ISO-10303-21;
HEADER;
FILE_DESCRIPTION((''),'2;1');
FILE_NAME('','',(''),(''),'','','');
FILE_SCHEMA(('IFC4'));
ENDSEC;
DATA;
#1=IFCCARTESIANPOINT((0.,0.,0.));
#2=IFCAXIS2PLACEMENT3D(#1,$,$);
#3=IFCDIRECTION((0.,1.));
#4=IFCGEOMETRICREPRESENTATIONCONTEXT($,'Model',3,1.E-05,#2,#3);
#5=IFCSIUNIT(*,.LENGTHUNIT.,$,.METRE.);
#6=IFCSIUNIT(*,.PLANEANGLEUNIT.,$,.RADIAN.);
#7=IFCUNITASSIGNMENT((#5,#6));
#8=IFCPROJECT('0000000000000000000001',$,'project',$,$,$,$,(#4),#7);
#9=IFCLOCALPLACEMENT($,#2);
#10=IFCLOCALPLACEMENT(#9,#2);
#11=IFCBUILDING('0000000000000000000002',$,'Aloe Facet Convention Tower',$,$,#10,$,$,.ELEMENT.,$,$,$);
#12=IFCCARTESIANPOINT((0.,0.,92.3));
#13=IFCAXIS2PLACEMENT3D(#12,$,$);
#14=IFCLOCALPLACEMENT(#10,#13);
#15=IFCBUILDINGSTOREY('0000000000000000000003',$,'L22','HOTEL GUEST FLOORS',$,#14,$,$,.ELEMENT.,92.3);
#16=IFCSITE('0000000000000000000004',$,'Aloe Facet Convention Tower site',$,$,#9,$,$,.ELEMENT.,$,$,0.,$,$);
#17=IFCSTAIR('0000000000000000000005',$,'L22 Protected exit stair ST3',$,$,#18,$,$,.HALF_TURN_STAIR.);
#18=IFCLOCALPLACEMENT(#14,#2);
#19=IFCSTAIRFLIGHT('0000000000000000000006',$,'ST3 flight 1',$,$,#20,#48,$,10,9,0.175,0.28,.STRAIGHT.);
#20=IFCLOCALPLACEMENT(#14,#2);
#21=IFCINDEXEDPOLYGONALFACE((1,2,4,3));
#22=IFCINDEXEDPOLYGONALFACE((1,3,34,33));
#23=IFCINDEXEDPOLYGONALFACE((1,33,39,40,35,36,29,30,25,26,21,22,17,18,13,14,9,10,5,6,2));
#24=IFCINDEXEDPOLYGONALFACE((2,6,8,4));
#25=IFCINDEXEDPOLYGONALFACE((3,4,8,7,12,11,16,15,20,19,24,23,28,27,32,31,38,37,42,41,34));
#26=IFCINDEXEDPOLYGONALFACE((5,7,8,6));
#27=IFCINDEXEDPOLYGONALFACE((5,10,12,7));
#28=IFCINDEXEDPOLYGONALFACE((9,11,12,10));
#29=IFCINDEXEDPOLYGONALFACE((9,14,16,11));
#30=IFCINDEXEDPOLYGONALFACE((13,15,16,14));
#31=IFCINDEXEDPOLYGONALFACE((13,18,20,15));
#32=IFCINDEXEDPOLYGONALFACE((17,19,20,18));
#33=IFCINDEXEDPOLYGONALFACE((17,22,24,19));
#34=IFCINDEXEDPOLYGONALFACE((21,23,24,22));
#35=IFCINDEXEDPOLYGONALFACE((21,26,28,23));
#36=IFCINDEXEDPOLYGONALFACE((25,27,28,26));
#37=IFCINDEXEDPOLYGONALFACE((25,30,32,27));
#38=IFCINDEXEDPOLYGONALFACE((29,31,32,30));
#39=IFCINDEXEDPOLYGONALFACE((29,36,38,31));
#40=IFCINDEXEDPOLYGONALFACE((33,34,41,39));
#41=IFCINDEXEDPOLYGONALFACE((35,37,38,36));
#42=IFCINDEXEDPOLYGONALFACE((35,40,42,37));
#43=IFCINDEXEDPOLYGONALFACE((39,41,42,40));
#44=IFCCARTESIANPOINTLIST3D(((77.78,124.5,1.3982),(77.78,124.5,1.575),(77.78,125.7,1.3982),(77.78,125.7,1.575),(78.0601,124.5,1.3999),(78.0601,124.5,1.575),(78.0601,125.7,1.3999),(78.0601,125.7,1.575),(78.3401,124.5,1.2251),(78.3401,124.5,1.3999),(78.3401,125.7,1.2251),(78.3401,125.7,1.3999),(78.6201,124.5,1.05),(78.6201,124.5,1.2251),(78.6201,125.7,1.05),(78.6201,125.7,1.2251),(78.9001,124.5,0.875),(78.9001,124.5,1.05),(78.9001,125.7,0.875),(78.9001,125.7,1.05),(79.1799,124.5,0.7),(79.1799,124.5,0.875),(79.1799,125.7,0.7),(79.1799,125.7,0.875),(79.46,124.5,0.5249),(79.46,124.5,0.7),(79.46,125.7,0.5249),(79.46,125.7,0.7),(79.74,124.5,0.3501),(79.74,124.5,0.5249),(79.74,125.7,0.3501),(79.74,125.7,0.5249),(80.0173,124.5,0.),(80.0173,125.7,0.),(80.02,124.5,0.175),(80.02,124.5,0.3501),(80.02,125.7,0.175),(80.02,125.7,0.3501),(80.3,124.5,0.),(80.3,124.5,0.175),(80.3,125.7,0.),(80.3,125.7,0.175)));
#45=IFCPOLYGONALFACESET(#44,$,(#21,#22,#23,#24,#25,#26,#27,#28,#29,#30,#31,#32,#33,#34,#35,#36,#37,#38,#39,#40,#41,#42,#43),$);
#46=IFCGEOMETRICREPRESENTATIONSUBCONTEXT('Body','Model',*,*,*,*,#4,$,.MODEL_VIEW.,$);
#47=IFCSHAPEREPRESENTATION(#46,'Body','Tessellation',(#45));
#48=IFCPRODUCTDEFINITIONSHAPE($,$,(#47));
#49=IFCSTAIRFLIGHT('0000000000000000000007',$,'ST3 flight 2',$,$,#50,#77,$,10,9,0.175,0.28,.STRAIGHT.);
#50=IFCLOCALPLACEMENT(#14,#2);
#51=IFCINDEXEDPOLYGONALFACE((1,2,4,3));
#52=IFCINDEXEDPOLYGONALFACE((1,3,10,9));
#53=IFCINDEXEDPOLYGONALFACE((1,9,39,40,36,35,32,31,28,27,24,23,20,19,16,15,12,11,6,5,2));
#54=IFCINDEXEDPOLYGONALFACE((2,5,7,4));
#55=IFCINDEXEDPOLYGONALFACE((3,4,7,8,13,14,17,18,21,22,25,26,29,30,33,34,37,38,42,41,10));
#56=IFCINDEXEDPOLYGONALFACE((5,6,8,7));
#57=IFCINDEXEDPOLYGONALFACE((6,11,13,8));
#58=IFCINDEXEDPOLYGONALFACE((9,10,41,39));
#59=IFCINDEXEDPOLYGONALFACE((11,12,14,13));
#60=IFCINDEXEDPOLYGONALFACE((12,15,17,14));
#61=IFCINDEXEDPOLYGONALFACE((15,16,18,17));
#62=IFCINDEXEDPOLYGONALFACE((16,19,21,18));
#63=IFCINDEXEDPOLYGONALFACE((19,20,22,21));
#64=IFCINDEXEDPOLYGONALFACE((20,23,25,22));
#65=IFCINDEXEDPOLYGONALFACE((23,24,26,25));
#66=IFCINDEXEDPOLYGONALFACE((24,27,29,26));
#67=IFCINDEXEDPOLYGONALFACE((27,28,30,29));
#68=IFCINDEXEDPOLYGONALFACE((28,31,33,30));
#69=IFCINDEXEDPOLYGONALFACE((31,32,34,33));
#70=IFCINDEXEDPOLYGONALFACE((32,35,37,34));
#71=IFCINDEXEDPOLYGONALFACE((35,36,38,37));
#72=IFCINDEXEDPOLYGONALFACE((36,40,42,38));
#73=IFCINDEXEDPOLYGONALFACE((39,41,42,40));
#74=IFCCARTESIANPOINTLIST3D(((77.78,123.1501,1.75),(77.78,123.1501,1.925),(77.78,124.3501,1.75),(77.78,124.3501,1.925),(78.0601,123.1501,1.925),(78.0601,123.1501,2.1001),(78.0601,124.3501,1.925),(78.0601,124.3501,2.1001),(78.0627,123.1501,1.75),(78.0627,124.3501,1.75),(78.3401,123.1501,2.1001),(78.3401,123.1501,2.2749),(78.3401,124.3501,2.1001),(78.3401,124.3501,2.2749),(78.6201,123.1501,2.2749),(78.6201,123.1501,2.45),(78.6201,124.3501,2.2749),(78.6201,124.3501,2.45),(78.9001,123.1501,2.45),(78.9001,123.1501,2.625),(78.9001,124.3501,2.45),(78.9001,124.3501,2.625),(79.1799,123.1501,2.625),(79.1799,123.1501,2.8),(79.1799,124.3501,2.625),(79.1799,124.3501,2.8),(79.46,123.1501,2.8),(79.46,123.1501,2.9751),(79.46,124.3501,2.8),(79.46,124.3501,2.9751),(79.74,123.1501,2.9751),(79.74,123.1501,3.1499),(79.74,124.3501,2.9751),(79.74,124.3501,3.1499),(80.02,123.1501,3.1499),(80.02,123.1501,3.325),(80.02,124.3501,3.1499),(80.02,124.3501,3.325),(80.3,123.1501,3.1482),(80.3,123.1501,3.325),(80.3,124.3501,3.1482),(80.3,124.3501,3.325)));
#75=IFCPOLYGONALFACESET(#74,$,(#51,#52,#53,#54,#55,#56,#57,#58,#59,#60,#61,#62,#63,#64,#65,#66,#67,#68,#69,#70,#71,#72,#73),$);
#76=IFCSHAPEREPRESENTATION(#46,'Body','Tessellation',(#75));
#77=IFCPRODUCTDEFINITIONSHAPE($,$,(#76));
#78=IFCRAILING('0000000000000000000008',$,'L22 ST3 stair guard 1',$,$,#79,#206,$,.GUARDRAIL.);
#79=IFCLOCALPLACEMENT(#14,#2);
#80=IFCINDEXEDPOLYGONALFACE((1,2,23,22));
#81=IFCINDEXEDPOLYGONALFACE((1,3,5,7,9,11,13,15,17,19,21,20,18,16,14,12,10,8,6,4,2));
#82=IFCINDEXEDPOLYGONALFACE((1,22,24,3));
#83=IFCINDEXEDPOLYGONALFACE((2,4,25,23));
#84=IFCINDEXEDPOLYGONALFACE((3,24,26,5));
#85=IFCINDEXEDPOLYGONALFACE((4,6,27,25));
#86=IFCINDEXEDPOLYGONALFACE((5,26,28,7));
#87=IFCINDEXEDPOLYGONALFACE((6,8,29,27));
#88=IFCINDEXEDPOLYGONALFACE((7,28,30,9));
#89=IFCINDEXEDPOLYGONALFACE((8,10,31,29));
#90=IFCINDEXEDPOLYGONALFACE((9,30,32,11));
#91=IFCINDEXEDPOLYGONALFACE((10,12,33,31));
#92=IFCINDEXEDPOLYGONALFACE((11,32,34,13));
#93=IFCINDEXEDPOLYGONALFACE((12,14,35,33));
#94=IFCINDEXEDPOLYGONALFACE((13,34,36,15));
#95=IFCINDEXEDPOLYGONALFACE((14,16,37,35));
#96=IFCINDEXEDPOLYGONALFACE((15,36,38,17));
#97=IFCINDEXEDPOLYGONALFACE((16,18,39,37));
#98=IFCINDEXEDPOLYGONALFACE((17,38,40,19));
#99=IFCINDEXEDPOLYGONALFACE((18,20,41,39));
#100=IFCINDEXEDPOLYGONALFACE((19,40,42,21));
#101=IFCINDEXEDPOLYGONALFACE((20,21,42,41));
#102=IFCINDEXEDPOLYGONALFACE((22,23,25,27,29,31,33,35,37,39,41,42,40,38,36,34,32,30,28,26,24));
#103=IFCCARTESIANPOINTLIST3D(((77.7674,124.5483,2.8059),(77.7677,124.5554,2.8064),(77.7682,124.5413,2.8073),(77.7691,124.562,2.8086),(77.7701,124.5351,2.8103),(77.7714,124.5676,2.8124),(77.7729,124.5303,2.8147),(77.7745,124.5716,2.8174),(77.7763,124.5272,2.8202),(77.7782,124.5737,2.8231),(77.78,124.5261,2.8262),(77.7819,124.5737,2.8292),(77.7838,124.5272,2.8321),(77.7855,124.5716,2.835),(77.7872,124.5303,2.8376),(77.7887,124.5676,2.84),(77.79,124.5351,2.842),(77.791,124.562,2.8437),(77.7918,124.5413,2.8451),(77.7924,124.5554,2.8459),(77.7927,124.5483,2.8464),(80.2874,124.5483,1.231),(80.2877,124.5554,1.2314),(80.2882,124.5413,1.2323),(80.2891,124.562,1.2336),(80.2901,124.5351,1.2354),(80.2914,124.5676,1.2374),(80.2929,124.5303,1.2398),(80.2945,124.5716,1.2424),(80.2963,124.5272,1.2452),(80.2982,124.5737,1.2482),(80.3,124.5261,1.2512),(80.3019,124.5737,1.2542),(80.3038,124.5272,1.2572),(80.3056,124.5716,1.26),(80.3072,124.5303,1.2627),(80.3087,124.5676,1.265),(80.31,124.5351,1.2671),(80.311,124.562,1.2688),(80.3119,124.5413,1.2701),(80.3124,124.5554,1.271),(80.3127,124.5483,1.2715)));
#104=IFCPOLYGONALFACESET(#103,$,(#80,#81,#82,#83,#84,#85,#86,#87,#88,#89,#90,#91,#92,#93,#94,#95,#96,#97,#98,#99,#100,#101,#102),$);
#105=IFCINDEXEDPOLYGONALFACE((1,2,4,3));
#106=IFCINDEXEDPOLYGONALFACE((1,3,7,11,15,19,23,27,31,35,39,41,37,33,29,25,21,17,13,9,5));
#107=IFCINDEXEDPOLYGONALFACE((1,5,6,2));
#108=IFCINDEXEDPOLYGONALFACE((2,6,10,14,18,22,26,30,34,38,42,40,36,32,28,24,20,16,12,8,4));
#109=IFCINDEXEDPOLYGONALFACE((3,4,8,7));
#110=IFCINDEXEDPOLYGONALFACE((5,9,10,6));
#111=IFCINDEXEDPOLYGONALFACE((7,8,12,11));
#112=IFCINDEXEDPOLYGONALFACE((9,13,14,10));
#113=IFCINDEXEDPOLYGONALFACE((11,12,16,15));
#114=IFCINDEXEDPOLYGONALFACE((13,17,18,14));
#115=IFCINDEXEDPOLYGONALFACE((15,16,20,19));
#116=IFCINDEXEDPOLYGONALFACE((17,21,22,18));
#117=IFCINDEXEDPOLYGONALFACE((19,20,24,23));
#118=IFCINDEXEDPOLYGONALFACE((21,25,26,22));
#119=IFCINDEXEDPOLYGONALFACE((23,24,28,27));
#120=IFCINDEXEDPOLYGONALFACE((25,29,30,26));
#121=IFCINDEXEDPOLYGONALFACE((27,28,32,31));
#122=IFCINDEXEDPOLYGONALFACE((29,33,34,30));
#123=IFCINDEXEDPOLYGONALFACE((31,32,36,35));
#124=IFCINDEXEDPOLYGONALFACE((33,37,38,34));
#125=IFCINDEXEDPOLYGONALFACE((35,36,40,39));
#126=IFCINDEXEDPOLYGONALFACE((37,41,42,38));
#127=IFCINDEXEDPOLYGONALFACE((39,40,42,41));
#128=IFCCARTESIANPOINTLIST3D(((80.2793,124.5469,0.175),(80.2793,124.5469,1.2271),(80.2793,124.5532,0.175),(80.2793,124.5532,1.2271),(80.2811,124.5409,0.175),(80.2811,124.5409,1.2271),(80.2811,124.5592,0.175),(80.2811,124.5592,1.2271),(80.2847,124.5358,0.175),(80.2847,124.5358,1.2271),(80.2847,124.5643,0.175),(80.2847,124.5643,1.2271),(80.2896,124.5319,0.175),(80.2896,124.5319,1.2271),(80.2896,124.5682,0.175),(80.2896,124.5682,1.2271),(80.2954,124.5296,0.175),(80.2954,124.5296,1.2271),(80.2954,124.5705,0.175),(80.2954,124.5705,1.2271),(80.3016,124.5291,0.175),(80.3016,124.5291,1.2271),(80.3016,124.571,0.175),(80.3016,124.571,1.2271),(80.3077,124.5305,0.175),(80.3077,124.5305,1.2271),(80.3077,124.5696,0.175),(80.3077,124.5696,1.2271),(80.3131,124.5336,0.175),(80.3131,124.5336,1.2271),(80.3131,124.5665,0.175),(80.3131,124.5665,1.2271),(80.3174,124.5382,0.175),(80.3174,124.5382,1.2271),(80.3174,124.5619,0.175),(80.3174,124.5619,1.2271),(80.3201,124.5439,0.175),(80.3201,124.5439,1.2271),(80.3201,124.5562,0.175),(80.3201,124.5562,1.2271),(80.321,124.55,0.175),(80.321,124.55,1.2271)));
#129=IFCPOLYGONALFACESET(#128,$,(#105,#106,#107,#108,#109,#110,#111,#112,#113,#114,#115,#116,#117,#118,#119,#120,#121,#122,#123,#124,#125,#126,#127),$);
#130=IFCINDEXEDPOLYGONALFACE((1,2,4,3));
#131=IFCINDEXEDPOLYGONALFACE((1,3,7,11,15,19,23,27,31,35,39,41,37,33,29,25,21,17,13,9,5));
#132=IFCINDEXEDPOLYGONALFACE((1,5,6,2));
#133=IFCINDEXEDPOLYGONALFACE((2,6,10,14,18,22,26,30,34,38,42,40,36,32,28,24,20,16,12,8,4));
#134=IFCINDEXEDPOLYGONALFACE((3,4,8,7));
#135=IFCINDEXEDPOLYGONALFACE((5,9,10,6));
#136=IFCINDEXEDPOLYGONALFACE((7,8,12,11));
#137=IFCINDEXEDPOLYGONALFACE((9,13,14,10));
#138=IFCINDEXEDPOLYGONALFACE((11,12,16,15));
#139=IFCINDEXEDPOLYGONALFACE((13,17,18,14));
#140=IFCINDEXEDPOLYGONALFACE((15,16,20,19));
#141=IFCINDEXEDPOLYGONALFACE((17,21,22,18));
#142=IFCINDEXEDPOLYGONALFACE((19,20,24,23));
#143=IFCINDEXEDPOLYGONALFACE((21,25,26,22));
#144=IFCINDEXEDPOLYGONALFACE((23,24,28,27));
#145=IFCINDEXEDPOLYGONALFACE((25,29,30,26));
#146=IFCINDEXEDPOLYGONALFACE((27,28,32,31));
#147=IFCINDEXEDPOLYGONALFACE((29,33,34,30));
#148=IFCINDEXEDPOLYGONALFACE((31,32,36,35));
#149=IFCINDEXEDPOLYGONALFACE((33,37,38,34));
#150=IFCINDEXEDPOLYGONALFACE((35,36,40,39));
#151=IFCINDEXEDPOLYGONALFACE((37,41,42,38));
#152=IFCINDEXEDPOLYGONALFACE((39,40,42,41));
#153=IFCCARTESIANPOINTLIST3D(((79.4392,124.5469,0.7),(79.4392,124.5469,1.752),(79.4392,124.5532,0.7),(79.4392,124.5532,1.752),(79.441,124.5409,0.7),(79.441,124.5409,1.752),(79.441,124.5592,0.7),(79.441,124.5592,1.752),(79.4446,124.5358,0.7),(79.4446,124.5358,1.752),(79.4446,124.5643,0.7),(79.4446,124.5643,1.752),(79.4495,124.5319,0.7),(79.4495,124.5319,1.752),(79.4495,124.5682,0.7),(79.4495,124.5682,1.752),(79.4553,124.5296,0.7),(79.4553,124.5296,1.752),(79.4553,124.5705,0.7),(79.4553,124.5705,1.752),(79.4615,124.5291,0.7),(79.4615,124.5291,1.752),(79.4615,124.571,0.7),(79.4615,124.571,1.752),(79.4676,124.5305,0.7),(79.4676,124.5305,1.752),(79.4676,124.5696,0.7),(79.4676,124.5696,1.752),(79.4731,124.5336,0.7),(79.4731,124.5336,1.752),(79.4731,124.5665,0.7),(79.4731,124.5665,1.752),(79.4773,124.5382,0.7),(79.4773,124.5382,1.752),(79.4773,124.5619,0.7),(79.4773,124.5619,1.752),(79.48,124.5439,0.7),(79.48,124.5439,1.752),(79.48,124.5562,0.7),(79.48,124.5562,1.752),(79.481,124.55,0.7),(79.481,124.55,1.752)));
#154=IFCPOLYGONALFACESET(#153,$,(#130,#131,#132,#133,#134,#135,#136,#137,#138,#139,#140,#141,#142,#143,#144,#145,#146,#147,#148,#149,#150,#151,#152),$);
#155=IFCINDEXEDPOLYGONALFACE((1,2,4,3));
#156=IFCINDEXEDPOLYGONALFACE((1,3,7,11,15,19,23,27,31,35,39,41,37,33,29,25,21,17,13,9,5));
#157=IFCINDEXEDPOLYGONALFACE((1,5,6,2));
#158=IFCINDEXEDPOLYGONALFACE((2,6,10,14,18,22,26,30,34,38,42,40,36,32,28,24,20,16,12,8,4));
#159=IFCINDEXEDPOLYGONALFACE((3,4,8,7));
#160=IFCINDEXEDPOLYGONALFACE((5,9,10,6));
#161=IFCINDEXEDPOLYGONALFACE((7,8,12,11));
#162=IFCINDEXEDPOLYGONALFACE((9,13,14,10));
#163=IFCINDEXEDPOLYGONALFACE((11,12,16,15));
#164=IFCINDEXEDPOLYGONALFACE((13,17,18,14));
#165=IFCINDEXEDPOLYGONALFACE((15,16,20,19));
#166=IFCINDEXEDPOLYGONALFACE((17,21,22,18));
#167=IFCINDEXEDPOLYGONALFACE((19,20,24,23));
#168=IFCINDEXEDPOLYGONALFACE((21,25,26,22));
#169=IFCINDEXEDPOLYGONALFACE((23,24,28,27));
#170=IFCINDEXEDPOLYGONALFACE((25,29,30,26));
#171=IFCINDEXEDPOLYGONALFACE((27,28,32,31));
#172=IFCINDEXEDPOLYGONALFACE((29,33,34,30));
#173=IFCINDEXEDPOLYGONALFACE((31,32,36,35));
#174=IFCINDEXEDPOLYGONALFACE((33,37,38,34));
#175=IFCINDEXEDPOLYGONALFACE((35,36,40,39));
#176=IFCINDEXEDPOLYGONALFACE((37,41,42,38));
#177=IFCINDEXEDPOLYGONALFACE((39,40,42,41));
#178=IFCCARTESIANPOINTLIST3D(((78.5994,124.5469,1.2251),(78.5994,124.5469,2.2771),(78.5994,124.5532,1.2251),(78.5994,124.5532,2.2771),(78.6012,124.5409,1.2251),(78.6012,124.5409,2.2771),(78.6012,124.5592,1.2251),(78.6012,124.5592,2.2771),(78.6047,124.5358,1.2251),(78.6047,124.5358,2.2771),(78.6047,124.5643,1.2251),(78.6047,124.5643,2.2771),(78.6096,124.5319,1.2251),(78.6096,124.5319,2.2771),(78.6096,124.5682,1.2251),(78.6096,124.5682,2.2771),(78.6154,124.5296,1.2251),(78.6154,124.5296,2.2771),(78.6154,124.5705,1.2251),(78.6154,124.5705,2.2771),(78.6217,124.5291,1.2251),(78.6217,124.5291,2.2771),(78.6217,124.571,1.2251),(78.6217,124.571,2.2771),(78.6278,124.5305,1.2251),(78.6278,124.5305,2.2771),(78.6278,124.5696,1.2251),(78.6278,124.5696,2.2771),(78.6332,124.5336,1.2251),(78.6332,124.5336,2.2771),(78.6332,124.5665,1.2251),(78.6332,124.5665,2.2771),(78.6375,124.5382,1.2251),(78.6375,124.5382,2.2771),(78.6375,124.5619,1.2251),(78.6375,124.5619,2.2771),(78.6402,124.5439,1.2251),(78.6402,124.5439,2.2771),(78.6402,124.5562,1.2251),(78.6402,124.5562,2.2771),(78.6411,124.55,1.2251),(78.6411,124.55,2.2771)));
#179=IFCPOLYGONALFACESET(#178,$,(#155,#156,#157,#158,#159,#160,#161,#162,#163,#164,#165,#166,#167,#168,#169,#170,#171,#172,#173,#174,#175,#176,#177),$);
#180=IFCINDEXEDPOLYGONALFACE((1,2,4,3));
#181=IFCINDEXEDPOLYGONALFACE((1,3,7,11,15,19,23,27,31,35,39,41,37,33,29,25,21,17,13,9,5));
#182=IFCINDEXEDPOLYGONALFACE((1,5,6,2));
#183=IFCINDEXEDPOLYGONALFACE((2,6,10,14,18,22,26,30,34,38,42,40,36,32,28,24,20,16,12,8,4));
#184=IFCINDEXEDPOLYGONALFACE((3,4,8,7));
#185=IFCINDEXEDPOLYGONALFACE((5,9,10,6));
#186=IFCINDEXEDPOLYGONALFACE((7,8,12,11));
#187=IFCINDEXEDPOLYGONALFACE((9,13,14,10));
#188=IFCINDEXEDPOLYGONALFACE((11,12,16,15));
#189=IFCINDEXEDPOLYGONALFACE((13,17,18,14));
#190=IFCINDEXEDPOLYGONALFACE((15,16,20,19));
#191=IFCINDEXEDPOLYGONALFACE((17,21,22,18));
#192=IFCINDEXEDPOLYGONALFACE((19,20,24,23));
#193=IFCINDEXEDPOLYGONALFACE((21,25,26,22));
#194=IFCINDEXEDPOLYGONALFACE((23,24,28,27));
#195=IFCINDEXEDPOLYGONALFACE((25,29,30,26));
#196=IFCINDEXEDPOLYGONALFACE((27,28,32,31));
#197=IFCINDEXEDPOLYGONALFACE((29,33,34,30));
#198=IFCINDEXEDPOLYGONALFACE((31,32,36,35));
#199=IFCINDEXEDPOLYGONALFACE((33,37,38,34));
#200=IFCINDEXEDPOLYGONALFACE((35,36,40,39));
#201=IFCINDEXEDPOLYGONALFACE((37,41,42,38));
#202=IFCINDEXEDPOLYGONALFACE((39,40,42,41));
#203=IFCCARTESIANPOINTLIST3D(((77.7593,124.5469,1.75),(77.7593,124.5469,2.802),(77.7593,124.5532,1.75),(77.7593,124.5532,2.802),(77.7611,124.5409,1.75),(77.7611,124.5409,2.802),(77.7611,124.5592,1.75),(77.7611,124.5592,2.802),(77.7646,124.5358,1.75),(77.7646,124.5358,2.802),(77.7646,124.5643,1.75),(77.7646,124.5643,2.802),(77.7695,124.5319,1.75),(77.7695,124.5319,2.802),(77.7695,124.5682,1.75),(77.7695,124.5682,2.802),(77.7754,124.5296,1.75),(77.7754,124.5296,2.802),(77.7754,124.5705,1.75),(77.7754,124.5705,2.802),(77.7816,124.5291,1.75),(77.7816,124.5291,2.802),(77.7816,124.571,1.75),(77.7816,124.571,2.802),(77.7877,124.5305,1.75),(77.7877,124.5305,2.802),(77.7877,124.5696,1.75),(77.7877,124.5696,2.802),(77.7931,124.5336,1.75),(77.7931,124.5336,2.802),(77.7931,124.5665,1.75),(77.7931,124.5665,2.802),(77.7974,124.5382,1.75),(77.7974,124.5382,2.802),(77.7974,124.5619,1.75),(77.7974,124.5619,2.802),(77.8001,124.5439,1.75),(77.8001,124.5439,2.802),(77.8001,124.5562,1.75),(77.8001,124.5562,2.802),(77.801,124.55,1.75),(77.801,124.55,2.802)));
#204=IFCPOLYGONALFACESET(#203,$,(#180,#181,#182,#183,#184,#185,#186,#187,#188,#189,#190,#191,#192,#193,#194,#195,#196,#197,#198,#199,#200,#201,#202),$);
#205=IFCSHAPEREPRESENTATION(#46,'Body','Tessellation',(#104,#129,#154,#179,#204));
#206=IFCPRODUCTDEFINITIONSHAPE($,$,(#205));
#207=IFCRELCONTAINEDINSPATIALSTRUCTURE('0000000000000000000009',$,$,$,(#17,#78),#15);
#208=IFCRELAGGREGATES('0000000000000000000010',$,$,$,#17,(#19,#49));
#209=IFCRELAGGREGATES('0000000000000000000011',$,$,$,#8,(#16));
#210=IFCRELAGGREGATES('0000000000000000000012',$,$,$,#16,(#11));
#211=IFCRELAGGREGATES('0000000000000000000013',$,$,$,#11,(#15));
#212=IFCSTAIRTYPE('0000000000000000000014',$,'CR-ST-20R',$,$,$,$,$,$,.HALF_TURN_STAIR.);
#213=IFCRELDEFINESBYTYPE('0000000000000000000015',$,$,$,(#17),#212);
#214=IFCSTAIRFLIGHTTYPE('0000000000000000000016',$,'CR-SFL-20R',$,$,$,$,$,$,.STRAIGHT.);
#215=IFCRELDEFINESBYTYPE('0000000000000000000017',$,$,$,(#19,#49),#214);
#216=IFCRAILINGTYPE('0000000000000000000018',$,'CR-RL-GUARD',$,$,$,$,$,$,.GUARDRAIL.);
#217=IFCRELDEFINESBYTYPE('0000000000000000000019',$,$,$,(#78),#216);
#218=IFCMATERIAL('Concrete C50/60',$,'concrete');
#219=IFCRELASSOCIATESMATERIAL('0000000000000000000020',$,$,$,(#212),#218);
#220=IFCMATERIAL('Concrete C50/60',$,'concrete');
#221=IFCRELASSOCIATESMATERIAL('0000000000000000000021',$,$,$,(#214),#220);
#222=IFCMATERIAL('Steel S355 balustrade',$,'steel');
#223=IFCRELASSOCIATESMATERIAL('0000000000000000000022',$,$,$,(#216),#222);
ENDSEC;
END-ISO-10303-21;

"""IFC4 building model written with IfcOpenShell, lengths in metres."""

from ifc_helpers import new_model, si_unit, direction, frame, origin, origin_2d, place, context, subcontext, project, spatial, polyline, circle, outline, extrude, material, type_object, element, aggregate, save


model = new_model("IFC4")

# Units and contexts
model_context = context("Model", 3, precision=1e-05, world=origin(), true_north=direction((0.0, 1.0)))
body_context = subcontext(model_context, "Body", "Model", "MODEL_VIEW")
ifc_project = project(units=[si_unit("LENGTHUNIT", "METRE"), si_unit("PLANEANGLEUNIT", "RADIAN")], contexts=[model_context])

# Site, building, storey
site_placement = place(None, origin())
site = spatial("IfcSite", under=ifc_project, at=site_placement, Name="Aloe Facet Convention Tower site", CompositionType="ELEMENT", RefElevation=0.0)
building_placement = place(site_placement, origin())
building = spatial("IfcBuilding", under=site, at=building_placement, Name="Aloe Facet Convention Tower", CompositionType="ELEMENT")
storey_placement = place(building_placement, frame((0.0, 0.0, 92.3)))
storey = spatial("IfcBuildingStorey", under=building, at=storey_placement, Name="L22", Description="HOTEL GUEST FLOORS", CompositionType="ELEMENT", Elevation=92.3)

# Stair, stair flights
ifc_material_1 = material(Name="Concrete C50/60", Category="concrete")
stair_type = type_object("IfcStairType", Name="CR-ST-20R", PredefinedType="HALF_TURN_STAIR", material=ifc_material_1)
stair_placement = place(storey_placement, origin())
stair = element("IfcStair", 1, at=stair_placement, inside=storey, type_object=stair_type, Name="L22 Protected exit stair ST3", PredefinedType="HALF_TURN_STAIR")
ifc_material_2 = material(Name="Concrete C50/60", Category="concrete")
stair_flight_type = type_object("IfcStairFlightType", Name="CR-SFL-20R", PredefinedType="STRAIGHT", material=ifc_material_2)
stair_flight_1_placement = place(storey_placement, frame((80.3, 125.1001, 0.0), z_axis=(0.0, 0.0, 1.0), x_axis=(-1.0, 0.0, 0.0)))
stair_flight_1 = element("IfcStairFlight", 2, at=stair_flight_1_placement, type_object=stair_flight_type, Name="ST3 flight 1", NumberOfRisers=10, NumberOfTreads=9, PredefinedType="STRAIGHT", RiserHeight=0.175, TreadLength=0.28, context=body_context, shape_type="SweptSolid", body=[
    extrude(outline(polyline([(0.0, 0.0), (0.0, 0.175), (0.28, 0.175), (0.28, 0.3501), (0.5601, 0.3501), (0.5601, 0.5249), (0.8401, 0.5249), (0.8401, 0.7), (1.1201, 0.7), (1.1201, 0.875), (1.3999, 0.875), (1.3999, 1.05), (1.6799, 1.05), (1.6799, 1.2251), (1.96, 1.2251), (1.96, 1.3999), (2.24, 1.3999), (2.24, 1.575), (2.52, 1.575), (2.52, 1.75), (2.52, 1.3982), (0.2827, 0.0), (0.0, 0.0)])), frame((0.0, 0.6001, 0.0), z_axis=(0.0, -1.0, 0.0), x_axis=(1.0, 0.0, 0.0)), (0.0, 0.0, 1.0), 1.2),
])
stair_flight_2_placement = place(storey_placement, frame((77.78, 123.75, 1.75), z_axis=(0.0, 0.0, 1.0), x_axis=(1.0, 0.0, 0.0)))
stair_flight_2 = element("IfcStairFlight", 3, at=stair_flight_2_placement, type_object=stair_flight_type, Name="ST3 flight 2", NumberOfRisers=10, NumberOfTreads=9, PredefinedType="STRAIGHT", RiserHeight=0.175, TreadLength=0.28, context=body_context, shape_type="SweptSolid", body=[
    extrude(outline(polyline([(0.0, 0.0), (0.0, 0.175), (0.28, 0.175), (0.28, 0.3501), (0.5601, 0.3501), (0.5601, 0.5249), (0.8401, 0.5249), (0.8401, 0.7), (1.1201, 0.7), (1.1201, 0.875), (1.3999, 0.875), (1.3999, 1.05), (1.6799, 1.05), (1.6799, 1.2251), (1.96, 1.2251), (1.96, 1.3999), (2.24, 1.3999), (2.24, 1.575), (2.52, 1.575), (2.52, 1.75), (2.52, 1.3982), (0.2827, 0.0), (0.0, 0.0)])), frame((0.0, 0.6001, 0.0), z_axis=(0.0, -1.0, 0.0), x_axis=(1.0, 0.0, 0.0)), (0.0, 0.0, 1.0), 1.2),
])
aggregate(stair, [stair_flight_1, stair_flight_2])

# Railing
ifc_material_3 = material(Name="Steel S355 balustrade", Category="steel")
railing_type_1 = type_object("IfcRailingType", Name="CR-RL-GUARD", PredefinedType="GUARDRAIL", material=ifc_material_3)
railing_1_placement = place(storey_placement, frame((80.3, 124.55, 0.175)))
element("IfcRailing", 4, at=railing_1_placement, inside=storey, type_object=railing_type_1, Name="L22 ST3 stair guard 1", PredefinedType="GUARDRAIL", context=body_context, shape_type="SweptSolid", body=[
    extrude(circle(Radius=0.0239, at=origin_2d()), frame((0.0, 0.0, 1.0762), z_axis=(-0.848008, 0.0, 0.529984), x_axis=(0.0, -1.0, 0.0)), (0.0, 0.0, 1.0), 2.9717),
    extrude(circle(Radius=0.021, at=origin_2d()), origin(), (0.0, 0.0, 1.0), 1.052),
    extrude(circle(Radius=0.021, at=origin_2d()), frame((-0.8401, 0.0, 0.5249)), (0.0, 0.0, 1.0), 1.052),
    extrude(circle(Radius=0.021, at=origin_2d()), frame((-1.6799, 0.0, 1.05)), (0.0, 0.0, 1.0), 1.052),
    extrude(circle(Radius=0.021, at=origin_2d()), frame((-2.52, 0.0, 1.575)), (0.0, 0.0, 1.0), 1.052),
])

save(model, "model.ifc")
